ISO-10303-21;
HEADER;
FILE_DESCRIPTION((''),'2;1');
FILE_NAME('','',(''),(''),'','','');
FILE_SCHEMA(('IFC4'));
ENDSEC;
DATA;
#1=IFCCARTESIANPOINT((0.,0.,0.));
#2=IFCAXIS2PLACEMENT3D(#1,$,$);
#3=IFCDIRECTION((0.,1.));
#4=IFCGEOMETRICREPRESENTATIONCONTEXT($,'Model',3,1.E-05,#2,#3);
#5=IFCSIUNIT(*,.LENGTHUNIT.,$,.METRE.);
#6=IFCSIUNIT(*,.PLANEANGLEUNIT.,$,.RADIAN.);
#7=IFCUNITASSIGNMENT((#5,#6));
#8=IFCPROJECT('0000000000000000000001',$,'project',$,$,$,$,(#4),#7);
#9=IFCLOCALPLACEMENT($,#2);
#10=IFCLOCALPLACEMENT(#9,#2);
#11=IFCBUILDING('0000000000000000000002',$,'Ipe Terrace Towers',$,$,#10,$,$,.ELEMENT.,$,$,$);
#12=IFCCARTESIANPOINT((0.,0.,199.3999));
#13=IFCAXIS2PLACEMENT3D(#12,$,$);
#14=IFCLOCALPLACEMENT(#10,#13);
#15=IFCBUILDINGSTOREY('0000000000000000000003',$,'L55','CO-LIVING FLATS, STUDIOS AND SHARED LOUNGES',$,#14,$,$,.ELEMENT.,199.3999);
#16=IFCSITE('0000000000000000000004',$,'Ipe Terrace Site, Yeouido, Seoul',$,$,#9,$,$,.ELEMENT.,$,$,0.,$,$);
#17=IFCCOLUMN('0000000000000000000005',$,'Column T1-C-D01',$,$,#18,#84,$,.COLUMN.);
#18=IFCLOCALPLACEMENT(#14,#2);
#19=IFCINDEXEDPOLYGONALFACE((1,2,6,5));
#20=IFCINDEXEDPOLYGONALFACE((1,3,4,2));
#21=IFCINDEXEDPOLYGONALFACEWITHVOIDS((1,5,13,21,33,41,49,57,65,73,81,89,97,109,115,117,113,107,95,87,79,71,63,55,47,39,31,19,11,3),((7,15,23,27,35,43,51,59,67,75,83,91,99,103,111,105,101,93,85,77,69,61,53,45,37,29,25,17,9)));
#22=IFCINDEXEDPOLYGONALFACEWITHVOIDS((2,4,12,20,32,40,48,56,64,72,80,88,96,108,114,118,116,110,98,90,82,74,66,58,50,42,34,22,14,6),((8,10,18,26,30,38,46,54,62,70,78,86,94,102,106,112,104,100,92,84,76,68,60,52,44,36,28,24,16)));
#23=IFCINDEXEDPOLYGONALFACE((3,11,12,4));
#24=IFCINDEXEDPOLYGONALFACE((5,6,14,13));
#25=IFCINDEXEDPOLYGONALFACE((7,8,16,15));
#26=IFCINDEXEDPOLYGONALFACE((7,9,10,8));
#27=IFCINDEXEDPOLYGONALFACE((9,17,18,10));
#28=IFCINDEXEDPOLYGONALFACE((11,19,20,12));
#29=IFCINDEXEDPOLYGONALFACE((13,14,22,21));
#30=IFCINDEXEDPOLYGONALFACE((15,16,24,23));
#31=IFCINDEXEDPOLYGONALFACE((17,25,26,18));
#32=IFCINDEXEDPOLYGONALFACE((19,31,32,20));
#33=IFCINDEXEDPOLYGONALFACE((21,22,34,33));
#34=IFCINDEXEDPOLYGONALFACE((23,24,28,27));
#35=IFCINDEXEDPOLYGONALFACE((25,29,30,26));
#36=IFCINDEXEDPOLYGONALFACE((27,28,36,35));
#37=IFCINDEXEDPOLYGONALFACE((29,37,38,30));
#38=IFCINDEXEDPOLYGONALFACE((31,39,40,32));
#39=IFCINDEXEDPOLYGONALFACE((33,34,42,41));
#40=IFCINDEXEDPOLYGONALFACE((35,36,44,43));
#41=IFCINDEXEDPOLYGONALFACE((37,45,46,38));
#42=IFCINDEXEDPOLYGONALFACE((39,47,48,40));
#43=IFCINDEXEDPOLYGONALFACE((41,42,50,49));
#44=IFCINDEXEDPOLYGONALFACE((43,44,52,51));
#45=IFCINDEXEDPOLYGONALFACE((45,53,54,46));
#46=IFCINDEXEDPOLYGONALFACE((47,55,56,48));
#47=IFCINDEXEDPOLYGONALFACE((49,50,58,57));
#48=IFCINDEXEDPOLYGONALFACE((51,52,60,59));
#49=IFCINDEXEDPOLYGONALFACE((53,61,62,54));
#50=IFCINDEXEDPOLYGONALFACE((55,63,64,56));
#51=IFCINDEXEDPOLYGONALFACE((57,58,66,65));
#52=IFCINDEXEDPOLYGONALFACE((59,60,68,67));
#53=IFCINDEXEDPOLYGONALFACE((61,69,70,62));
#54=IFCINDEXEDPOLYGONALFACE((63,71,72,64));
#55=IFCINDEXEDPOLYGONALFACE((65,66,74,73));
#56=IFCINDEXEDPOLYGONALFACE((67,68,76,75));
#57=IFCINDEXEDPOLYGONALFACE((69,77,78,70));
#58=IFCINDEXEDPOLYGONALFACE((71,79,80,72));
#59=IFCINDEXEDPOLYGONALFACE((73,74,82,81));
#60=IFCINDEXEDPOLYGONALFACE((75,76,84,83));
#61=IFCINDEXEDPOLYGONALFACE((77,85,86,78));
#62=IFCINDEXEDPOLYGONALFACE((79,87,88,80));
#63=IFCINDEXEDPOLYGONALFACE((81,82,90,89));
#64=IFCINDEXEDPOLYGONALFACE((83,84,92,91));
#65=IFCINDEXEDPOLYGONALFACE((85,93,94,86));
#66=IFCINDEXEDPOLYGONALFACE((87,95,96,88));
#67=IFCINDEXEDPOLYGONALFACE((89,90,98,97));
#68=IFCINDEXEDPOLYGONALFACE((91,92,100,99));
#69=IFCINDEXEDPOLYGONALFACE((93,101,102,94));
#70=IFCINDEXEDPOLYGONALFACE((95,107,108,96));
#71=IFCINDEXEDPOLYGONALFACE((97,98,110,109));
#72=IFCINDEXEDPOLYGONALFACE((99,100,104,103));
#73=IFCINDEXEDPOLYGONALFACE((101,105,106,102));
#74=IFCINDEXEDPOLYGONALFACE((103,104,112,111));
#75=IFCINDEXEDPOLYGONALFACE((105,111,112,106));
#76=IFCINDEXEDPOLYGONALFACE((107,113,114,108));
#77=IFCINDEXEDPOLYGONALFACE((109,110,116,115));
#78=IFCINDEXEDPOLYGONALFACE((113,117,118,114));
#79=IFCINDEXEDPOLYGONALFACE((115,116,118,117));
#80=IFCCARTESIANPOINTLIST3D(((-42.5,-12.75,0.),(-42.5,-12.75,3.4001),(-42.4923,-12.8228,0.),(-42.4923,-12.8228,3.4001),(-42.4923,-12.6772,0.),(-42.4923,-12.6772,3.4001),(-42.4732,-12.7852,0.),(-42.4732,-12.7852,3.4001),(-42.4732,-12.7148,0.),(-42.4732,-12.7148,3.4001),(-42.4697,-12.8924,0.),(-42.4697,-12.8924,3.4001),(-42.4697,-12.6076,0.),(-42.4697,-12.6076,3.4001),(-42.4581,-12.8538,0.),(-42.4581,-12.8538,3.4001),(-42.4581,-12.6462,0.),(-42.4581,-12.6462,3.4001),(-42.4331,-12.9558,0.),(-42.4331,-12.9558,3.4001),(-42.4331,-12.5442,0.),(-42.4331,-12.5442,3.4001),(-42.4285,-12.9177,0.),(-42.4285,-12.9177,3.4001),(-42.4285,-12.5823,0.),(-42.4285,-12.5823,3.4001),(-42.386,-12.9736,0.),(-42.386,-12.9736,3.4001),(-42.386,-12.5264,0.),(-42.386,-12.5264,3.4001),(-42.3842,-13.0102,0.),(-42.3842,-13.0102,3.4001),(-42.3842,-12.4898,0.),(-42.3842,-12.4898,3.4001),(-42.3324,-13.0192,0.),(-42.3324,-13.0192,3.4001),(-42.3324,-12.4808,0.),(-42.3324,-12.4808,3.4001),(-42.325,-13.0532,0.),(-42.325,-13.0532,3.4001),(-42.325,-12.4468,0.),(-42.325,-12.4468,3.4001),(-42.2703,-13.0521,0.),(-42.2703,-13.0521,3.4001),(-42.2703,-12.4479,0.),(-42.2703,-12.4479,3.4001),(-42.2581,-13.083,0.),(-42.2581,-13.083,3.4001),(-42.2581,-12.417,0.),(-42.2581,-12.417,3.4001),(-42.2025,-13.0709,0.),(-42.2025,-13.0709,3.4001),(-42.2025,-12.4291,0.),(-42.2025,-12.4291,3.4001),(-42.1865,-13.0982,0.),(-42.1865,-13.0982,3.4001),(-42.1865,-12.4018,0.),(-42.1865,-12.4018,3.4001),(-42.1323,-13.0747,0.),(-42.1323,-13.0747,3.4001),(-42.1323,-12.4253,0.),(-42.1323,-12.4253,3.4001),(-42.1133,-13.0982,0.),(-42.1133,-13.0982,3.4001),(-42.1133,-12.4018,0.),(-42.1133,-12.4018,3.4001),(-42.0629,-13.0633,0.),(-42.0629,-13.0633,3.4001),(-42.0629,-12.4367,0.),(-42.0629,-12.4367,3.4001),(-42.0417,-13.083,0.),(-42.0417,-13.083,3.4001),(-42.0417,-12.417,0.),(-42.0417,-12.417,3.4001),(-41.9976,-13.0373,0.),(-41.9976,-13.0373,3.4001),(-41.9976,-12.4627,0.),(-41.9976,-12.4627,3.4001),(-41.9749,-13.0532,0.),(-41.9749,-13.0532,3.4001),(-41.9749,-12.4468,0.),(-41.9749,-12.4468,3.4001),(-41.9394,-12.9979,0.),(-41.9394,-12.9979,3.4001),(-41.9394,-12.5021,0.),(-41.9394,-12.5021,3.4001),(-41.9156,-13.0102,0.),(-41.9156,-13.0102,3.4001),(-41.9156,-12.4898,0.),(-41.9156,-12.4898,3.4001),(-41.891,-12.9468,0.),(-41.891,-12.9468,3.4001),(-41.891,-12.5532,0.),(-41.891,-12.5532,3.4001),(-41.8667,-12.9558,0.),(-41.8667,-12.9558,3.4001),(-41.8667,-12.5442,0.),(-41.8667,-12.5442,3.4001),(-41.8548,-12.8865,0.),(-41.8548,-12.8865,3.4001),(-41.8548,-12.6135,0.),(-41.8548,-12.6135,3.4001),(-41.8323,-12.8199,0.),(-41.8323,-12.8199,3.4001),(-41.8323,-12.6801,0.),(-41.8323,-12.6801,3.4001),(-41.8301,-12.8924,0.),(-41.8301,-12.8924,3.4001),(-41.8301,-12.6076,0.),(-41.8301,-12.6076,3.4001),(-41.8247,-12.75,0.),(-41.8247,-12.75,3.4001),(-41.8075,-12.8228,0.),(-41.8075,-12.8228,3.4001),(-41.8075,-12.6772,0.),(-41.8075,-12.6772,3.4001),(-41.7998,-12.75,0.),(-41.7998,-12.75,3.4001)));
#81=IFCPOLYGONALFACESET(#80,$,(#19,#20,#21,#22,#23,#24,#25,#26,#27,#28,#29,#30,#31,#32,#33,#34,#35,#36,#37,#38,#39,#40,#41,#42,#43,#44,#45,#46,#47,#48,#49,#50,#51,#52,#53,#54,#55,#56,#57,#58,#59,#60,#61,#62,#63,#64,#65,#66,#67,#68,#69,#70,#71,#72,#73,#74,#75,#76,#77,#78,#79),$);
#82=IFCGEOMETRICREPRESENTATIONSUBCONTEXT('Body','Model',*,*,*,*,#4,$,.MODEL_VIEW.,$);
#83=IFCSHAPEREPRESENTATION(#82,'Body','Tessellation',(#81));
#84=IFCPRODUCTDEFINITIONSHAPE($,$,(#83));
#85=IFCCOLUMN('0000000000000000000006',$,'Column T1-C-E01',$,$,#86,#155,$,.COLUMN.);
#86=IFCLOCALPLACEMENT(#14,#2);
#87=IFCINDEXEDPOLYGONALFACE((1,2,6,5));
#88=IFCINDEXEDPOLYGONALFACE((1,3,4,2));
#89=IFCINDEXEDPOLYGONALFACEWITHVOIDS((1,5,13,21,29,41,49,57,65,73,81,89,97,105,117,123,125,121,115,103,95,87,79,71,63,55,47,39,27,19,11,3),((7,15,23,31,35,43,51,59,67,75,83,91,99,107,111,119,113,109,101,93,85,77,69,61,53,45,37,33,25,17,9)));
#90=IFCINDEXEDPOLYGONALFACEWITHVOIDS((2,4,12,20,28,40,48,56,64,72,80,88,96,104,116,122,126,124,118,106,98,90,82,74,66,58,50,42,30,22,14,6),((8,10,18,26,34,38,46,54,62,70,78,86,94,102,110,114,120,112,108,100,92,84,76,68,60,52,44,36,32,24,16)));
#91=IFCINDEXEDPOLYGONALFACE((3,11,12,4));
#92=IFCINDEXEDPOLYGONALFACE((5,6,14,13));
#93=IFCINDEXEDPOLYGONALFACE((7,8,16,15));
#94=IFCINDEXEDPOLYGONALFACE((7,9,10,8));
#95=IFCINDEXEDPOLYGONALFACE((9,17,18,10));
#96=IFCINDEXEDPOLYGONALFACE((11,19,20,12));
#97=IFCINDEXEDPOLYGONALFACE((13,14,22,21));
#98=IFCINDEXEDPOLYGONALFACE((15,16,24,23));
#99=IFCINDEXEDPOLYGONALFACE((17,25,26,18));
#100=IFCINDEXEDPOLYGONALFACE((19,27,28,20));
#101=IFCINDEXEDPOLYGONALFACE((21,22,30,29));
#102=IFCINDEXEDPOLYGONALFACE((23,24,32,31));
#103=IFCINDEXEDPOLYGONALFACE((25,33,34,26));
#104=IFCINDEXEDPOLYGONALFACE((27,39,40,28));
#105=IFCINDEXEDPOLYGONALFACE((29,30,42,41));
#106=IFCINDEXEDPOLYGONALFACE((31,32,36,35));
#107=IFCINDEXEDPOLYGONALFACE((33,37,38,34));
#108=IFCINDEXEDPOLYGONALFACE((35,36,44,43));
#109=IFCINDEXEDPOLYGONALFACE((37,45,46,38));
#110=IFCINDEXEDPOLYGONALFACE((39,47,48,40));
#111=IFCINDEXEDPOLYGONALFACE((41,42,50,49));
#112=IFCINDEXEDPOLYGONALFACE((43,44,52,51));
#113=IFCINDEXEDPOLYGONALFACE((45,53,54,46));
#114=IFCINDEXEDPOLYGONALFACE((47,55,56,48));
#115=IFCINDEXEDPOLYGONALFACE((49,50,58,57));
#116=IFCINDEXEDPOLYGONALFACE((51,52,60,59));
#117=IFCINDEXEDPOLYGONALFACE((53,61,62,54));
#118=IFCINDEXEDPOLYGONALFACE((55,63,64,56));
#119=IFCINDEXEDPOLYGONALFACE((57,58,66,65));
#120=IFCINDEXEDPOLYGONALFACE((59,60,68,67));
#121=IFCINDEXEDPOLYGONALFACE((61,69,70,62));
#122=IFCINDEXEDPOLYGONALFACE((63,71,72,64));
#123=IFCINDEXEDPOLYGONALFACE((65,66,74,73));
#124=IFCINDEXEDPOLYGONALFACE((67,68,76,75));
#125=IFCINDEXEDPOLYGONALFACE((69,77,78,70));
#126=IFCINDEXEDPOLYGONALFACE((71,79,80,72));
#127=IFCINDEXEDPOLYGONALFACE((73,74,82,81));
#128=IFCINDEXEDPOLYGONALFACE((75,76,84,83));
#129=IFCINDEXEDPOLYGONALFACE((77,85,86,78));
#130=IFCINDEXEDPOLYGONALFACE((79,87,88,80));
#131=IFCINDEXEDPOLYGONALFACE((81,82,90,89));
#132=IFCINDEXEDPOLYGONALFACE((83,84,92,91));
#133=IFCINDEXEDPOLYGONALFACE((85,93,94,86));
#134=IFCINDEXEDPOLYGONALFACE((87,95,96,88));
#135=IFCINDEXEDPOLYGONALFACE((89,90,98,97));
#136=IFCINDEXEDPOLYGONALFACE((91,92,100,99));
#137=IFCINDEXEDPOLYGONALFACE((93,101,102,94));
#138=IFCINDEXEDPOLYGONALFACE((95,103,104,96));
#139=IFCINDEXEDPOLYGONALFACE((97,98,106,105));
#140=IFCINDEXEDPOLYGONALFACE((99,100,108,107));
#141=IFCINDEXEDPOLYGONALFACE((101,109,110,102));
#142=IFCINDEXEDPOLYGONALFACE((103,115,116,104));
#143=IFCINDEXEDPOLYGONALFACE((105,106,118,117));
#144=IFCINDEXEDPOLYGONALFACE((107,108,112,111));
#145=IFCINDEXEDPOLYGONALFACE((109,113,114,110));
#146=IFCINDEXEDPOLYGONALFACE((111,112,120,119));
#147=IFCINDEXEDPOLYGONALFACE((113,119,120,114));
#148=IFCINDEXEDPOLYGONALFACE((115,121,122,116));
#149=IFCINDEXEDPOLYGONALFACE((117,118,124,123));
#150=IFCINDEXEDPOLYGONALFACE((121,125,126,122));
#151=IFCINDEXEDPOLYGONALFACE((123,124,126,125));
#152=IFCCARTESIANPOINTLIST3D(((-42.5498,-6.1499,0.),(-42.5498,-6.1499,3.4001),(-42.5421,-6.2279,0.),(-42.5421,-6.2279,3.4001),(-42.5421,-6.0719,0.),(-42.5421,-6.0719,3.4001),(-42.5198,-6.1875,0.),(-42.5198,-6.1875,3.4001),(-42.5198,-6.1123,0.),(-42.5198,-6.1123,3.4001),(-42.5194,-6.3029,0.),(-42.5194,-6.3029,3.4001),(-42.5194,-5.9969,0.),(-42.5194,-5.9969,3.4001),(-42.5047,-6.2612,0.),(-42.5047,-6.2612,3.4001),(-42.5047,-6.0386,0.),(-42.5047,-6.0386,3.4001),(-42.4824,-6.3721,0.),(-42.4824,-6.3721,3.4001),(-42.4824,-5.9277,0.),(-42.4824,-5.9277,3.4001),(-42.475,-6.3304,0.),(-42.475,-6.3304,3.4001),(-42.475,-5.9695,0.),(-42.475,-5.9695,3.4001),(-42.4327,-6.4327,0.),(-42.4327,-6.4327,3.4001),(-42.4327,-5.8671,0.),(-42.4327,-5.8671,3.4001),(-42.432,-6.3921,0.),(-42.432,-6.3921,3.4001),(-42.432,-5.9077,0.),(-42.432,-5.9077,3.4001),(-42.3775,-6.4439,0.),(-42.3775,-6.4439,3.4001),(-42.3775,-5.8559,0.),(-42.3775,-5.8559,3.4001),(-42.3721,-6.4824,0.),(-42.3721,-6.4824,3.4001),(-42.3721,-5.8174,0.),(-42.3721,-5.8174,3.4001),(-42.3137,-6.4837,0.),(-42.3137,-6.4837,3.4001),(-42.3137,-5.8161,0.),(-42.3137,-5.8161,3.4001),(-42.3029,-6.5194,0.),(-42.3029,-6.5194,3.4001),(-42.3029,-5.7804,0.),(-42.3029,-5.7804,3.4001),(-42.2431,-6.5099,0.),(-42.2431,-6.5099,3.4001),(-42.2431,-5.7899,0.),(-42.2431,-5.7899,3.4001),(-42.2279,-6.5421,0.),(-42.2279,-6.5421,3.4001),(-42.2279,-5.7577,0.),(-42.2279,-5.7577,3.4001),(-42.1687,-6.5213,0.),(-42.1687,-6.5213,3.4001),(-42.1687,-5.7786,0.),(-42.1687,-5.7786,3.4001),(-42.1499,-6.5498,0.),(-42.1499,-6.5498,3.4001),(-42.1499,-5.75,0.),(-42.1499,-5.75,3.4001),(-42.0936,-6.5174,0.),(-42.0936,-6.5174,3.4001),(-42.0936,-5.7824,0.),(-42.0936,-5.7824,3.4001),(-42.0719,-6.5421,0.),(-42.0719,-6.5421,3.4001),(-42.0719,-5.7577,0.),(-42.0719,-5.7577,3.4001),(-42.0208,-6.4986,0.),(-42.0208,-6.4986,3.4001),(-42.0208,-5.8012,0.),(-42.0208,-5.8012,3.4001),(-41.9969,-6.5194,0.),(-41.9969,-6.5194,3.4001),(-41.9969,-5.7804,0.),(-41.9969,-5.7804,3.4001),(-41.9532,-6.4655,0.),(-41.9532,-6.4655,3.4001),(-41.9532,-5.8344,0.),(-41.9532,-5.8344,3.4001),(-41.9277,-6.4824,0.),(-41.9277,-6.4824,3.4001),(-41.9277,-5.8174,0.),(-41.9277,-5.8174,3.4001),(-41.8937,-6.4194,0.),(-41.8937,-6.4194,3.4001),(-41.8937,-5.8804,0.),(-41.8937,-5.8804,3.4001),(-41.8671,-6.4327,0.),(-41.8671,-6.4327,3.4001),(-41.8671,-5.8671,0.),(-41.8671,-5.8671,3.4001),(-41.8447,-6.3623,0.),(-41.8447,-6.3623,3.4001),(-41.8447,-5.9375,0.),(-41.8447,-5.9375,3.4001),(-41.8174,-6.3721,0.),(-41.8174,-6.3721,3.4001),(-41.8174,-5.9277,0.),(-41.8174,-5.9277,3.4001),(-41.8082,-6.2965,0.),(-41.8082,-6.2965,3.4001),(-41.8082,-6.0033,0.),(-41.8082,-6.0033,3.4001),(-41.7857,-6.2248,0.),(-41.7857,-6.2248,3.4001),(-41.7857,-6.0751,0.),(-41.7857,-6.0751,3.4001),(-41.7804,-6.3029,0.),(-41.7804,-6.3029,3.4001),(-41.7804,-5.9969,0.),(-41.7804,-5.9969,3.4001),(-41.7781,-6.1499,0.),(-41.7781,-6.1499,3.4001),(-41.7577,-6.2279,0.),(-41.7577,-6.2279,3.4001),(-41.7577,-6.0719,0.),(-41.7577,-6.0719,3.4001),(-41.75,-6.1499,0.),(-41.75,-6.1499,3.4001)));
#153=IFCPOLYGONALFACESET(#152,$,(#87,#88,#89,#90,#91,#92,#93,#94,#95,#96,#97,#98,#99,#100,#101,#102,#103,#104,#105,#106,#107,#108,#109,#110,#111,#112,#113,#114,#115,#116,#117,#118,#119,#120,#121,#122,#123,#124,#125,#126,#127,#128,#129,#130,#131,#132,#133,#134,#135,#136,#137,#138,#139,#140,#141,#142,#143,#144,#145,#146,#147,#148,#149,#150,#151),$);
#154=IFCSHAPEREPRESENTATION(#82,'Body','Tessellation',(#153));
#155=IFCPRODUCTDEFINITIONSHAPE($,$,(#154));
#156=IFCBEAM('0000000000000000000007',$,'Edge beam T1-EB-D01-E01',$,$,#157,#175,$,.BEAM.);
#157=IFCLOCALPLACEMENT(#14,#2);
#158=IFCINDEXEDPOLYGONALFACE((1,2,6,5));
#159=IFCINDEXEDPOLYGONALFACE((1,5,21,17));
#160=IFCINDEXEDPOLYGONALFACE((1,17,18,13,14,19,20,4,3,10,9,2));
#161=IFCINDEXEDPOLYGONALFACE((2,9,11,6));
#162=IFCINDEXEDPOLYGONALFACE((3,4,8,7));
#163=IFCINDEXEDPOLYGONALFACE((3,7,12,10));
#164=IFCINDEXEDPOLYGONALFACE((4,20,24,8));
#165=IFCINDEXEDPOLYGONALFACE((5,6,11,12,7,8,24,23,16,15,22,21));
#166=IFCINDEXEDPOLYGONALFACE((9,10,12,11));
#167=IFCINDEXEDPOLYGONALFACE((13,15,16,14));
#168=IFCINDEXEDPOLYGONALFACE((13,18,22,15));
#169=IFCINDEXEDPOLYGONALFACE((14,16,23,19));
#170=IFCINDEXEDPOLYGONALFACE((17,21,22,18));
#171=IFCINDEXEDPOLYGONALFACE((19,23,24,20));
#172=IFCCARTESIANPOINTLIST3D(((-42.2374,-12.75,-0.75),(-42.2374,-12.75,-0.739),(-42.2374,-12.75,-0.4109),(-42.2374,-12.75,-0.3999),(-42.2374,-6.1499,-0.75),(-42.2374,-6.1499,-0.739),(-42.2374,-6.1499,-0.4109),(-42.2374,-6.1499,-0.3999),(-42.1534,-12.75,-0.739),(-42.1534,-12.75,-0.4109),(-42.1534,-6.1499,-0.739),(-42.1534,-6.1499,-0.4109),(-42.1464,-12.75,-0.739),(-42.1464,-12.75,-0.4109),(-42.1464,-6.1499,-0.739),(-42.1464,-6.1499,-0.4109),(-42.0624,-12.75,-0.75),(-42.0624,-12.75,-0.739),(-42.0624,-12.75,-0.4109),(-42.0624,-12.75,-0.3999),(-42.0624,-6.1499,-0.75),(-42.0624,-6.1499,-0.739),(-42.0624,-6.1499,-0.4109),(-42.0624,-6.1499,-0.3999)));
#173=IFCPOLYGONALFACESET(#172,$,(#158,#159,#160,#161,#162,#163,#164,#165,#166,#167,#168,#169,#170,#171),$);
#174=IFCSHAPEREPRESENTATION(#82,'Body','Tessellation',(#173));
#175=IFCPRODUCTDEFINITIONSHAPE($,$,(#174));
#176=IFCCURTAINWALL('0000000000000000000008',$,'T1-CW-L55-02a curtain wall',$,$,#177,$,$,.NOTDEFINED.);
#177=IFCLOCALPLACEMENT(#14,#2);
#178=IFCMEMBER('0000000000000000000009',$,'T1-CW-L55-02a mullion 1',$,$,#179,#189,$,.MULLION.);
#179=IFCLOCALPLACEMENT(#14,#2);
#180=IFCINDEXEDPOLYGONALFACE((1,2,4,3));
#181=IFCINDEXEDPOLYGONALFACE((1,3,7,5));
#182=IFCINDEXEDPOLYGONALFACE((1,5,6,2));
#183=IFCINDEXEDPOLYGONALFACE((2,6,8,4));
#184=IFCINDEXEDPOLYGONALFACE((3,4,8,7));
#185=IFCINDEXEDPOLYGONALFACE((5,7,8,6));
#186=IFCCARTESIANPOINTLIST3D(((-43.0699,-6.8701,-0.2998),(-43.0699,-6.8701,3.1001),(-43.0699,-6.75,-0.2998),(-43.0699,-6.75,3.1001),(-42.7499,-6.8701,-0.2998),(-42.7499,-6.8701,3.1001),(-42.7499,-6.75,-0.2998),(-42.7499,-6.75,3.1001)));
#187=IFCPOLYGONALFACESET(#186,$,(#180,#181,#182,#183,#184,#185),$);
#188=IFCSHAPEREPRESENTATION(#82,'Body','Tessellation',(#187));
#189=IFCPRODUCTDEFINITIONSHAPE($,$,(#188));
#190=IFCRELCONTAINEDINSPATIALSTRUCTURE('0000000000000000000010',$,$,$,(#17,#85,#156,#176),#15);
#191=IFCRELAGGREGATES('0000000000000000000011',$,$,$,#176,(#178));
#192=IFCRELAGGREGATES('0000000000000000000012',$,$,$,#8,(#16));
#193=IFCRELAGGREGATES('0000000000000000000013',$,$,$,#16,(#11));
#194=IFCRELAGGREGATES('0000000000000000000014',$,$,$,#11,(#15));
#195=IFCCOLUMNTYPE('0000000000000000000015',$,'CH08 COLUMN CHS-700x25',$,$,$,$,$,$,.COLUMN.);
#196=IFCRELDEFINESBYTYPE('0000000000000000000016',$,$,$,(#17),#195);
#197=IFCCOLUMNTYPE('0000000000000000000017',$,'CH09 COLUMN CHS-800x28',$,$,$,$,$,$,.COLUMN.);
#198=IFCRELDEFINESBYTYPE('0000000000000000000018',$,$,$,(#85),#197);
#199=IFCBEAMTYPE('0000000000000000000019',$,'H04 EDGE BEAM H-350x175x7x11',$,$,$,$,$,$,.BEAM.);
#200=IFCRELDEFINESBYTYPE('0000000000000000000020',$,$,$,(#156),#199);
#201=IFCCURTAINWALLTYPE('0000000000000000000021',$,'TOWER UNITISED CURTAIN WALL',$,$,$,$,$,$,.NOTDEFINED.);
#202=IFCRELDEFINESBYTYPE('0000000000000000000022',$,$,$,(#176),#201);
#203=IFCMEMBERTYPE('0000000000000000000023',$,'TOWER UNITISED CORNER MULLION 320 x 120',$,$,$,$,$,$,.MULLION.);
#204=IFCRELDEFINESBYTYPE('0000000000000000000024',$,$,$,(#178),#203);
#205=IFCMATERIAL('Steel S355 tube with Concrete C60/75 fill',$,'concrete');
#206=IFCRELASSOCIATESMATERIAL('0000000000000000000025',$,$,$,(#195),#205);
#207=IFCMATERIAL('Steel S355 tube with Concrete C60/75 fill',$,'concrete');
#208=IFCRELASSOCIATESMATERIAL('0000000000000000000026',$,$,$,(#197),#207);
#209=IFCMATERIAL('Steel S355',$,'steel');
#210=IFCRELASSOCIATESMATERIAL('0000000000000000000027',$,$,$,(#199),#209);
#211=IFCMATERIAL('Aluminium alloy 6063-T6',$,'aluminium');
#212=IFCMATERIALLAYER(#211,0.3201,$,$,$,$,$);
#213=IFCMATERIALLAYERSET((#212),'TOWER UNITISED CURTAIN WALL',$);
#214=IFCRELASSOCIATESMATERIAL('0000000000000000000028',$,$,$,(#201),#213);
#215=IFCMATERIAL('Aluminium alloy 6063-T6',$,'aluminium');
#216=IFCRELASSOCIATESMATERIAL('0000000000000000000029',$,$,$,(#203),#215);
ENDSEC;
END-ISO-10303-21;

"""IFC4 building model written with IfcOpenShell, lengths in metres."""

from ifc_helpers import new_model, si_unit, direction, frame, origin, origin_2d, place, context, subcontext, project, spatial, rectangle, hollow_circle, i_section, extrude, material, layer, layer_set, material_profile, profile_set, type_object, element, aggregate, save


model = new_model("IFC4")

# Units and contexts
model_context = context("Model", 3, precision=1e-05, world=origin(), true_north=direction((0.0, 1.0)))
body_context = subcontext(model_context, "Body", "Model", "MODEL_VIEW")
ifc_project = project(units=[si_unit("LENGTHUNIT", "METRE"), si_unit("PLANEANGLEUNIT", "RADIAN")], contexts=[model_context])

# Site, building, storey
site_placement = place(None, origin())
site = spatial("IfcSite", under=ifc_project, at=site_placement, Name="Ipe Terrace Site, Yeouido, Seoul", CompositionType="ELEMENT", RefElevation=0.0)
building_placement = place(site_placement, origin())
building = spatial("IfcBuilding", under=site, at=building_placement, Name="Ipe Terrace Towers", CompositionType="ELEMENT")
storey_placement = place(building_placement, frame((0.0, 0.0, 199.3999)))
storey = spatial("IfcBuildingStorey", under=building, at=storey_placement, Name="L55", Description="CO-LIVING FLATS, STUDIOS AND SHARED LOUNGES", CompositionType="ELEMENT", Elevation=199.3999)

# Columns
ifc_material_1 = material(Name="Steel S355 tube with Concrete C60/75 fill", Category="concrete")
ifc_material_profile_1 = material_profile(ifc_material_1, hollow_circle(Radius=0.3501, WallThickness=0.0249, at=origin_2d()), Name="CHS-700x25")
ifc_profile_set_1 = profile_set([ifc_material_profile_1], Name="Steel S355 tube with Concrete C60/75 fill")
column_type_1 = type_object("IfcColumnType", Name="CH08 COLUMN CHS-700x25", PredefinedType="COLUMN", material=ifc_profile_set_1)
column_1_placement = place(storey_placement, frame((-42.1499, -12.75, 0.0), z_axis=(0.0, 0.0, 1.0), x_axis=(1.0, 0.0, 0.0)))
element("IfcColumn", 1, at=column_1_placement, inside=storey, type_object=column_type_1, Name="Column T1-C-D01", PredefinedType="COLUMN", context=body_context, shape_type="SweptSolid", body=[
    extrude(hollow_circle(Radius=0.3501, WallThickness=0.0249, at=origin_2d()), origin(), (0.0, 0.0, 1.0), 3.4001),
])
ifc_material_2 = material(Name="Steel S355 tube with Concrete C60/75 fill", Category="concrete")
ifc_material_profile_2 = material_profile(ifc_material_2, hollow_circle(Radius=0.3999, WallThickness=0.0281, at=origin_2d()), Name="CHS-800x28")
ifc_profile_set_2 = profile_set([ifc_material_profile_2], Name="Steel S355 tube with Concrete C60/75 fill")
column_type_2 = type_object("IfcColumnType", Name="CH09 COLUMN CHS-800x28", PredefinedType="COLUMN", material=ifc_profile_set_2)
column_2_placement = place(storey_placement, frame((-42.1499, -6.1499, 0.0), z_axis=(0.0, 0.0, 1.0), x_axis=(1.0, 0.0, 0.0)))
element("IfcColumn", 2, at=column_2_placement, inside=storey, type_object=column_type_2, Name="Column T1-C-E01", PredefinedType="COLUMN", context=body_context, shape_type="SweptSolid", body=[
    extrude(hollow_circle(Radius=0.3999, WallThickness=0.0281, at=origin_2d()), origin(), (0.0, 0.0, 1.0), 3.4001),
])

# Beam
ifc_material_3 = material(Name="Steel S355", Category="steel")
ifc_material_profile_3 = material_profile(ifc_material_3, i_section(OverallWidth=0.175, OverallDepth=0.3501, WebThickness=0.0071, FlangeThickness=0.011, at=origin_2d()), Name="H-350x175x7x11")
ifc_profile_set_3 = profile_set([ifc_material_profile_3], Name="Steel S355")
beam_type = type_object("IfcBeamType", Name="H04 EDGE BEAM H-350x175x7x11", PredefinedType="BEAM", material=ifc_profile_set_3)
beam_placement = place(storey_placement, frame((-42.1499, -12.75, -0.575), z_axis=(0.0, 1.0, 0.0), x_axis=(-1.0, 0.0, 0.0)))
element("IfcBeam", 3, at=beam_placement, inside=storey, type_object=beam_type, Name="Edge beam T1-EB-D01-E01", PredefinedType="BEAM", context=body_context, shape_type="SweptSolid", body=[
    extrude(i_section(OverallWidth=0.175, OverallDepth=0.3501, WebThickness=0.0071, FlangeThickness=0.011, at=origin_2d()), origin(), (0.0, 0.0, 1.0), 6.6001),
])

# Curtain wall, member
ifc_material_4 = material(Name="Aluminium alloy 6063-T6", Category="aluminium")
ifc_layer_1 = layer(ifc_material_4, 0.3201)
ifc_layer_set_1 = layer_set([ifc_layer_1], Name="TOWER UNITISED CURTAIN WALL")
curtain_wall_type = type_object("IfcCurtainWallType", Name="TOWER UNITISED CURTAIN WALL", PredefinedType="NOTDEFINED", material=ifc_layer_set_1)
curtain_wall_placement = place(storey_placement, origin())
curtain_wall = element("IfcCurtainWall", 4, at=curtain_wall_placement, inside=storey, type_object=curtain_wall_type, Name="T1-CW-L55-02a curtain wall", PredefinedType="NOTDEFINED")
ifc_material_5 = material(Name="Aluminium alloy 6063-T6", Category="aluminium")
ifc_material_profile_4 = material_profile(ifc_material_5, rectangle(XDim=0.3201, YDim=0.1201, at=origin_2d()), Name="TOWER UNITISED CORNER MULLION 320 x 120")
ifc_profile_set_4 = profile_set([ifc_material_profile_4], Name="Aluminium alloy 6063-T6")
member_type = type_object("IfcMemberType", Name="TOWER UNITISED CORNER MULLION 320 x 120", PredefinedType="MULLION", material=ifc_profile_set_4)
member_1_placement = place(storey_placement, frame((-42.9099, -6.8101, -0.2998), z_axis=(0.0, 0.0, 1.0), x_axis=(-1.0, 0.0, 0.0)))
member_1 = element("IfcMember", 5, at=member_1_placement, type_object=member_type, Name="T1-CW-L55-02a mullion 1", PredefinedType="MULLION", context=body_context, shape_type="SweptSolid", body=[
    extrude(rectangle(XDim=0.3201, YDim=0.1201, at=origin_2d()), origin(), (0.0, 0.0, 1.0), 3.3999),
])
aggregate(curtain_wall, [member_1])

save(model, "model.ifc")
